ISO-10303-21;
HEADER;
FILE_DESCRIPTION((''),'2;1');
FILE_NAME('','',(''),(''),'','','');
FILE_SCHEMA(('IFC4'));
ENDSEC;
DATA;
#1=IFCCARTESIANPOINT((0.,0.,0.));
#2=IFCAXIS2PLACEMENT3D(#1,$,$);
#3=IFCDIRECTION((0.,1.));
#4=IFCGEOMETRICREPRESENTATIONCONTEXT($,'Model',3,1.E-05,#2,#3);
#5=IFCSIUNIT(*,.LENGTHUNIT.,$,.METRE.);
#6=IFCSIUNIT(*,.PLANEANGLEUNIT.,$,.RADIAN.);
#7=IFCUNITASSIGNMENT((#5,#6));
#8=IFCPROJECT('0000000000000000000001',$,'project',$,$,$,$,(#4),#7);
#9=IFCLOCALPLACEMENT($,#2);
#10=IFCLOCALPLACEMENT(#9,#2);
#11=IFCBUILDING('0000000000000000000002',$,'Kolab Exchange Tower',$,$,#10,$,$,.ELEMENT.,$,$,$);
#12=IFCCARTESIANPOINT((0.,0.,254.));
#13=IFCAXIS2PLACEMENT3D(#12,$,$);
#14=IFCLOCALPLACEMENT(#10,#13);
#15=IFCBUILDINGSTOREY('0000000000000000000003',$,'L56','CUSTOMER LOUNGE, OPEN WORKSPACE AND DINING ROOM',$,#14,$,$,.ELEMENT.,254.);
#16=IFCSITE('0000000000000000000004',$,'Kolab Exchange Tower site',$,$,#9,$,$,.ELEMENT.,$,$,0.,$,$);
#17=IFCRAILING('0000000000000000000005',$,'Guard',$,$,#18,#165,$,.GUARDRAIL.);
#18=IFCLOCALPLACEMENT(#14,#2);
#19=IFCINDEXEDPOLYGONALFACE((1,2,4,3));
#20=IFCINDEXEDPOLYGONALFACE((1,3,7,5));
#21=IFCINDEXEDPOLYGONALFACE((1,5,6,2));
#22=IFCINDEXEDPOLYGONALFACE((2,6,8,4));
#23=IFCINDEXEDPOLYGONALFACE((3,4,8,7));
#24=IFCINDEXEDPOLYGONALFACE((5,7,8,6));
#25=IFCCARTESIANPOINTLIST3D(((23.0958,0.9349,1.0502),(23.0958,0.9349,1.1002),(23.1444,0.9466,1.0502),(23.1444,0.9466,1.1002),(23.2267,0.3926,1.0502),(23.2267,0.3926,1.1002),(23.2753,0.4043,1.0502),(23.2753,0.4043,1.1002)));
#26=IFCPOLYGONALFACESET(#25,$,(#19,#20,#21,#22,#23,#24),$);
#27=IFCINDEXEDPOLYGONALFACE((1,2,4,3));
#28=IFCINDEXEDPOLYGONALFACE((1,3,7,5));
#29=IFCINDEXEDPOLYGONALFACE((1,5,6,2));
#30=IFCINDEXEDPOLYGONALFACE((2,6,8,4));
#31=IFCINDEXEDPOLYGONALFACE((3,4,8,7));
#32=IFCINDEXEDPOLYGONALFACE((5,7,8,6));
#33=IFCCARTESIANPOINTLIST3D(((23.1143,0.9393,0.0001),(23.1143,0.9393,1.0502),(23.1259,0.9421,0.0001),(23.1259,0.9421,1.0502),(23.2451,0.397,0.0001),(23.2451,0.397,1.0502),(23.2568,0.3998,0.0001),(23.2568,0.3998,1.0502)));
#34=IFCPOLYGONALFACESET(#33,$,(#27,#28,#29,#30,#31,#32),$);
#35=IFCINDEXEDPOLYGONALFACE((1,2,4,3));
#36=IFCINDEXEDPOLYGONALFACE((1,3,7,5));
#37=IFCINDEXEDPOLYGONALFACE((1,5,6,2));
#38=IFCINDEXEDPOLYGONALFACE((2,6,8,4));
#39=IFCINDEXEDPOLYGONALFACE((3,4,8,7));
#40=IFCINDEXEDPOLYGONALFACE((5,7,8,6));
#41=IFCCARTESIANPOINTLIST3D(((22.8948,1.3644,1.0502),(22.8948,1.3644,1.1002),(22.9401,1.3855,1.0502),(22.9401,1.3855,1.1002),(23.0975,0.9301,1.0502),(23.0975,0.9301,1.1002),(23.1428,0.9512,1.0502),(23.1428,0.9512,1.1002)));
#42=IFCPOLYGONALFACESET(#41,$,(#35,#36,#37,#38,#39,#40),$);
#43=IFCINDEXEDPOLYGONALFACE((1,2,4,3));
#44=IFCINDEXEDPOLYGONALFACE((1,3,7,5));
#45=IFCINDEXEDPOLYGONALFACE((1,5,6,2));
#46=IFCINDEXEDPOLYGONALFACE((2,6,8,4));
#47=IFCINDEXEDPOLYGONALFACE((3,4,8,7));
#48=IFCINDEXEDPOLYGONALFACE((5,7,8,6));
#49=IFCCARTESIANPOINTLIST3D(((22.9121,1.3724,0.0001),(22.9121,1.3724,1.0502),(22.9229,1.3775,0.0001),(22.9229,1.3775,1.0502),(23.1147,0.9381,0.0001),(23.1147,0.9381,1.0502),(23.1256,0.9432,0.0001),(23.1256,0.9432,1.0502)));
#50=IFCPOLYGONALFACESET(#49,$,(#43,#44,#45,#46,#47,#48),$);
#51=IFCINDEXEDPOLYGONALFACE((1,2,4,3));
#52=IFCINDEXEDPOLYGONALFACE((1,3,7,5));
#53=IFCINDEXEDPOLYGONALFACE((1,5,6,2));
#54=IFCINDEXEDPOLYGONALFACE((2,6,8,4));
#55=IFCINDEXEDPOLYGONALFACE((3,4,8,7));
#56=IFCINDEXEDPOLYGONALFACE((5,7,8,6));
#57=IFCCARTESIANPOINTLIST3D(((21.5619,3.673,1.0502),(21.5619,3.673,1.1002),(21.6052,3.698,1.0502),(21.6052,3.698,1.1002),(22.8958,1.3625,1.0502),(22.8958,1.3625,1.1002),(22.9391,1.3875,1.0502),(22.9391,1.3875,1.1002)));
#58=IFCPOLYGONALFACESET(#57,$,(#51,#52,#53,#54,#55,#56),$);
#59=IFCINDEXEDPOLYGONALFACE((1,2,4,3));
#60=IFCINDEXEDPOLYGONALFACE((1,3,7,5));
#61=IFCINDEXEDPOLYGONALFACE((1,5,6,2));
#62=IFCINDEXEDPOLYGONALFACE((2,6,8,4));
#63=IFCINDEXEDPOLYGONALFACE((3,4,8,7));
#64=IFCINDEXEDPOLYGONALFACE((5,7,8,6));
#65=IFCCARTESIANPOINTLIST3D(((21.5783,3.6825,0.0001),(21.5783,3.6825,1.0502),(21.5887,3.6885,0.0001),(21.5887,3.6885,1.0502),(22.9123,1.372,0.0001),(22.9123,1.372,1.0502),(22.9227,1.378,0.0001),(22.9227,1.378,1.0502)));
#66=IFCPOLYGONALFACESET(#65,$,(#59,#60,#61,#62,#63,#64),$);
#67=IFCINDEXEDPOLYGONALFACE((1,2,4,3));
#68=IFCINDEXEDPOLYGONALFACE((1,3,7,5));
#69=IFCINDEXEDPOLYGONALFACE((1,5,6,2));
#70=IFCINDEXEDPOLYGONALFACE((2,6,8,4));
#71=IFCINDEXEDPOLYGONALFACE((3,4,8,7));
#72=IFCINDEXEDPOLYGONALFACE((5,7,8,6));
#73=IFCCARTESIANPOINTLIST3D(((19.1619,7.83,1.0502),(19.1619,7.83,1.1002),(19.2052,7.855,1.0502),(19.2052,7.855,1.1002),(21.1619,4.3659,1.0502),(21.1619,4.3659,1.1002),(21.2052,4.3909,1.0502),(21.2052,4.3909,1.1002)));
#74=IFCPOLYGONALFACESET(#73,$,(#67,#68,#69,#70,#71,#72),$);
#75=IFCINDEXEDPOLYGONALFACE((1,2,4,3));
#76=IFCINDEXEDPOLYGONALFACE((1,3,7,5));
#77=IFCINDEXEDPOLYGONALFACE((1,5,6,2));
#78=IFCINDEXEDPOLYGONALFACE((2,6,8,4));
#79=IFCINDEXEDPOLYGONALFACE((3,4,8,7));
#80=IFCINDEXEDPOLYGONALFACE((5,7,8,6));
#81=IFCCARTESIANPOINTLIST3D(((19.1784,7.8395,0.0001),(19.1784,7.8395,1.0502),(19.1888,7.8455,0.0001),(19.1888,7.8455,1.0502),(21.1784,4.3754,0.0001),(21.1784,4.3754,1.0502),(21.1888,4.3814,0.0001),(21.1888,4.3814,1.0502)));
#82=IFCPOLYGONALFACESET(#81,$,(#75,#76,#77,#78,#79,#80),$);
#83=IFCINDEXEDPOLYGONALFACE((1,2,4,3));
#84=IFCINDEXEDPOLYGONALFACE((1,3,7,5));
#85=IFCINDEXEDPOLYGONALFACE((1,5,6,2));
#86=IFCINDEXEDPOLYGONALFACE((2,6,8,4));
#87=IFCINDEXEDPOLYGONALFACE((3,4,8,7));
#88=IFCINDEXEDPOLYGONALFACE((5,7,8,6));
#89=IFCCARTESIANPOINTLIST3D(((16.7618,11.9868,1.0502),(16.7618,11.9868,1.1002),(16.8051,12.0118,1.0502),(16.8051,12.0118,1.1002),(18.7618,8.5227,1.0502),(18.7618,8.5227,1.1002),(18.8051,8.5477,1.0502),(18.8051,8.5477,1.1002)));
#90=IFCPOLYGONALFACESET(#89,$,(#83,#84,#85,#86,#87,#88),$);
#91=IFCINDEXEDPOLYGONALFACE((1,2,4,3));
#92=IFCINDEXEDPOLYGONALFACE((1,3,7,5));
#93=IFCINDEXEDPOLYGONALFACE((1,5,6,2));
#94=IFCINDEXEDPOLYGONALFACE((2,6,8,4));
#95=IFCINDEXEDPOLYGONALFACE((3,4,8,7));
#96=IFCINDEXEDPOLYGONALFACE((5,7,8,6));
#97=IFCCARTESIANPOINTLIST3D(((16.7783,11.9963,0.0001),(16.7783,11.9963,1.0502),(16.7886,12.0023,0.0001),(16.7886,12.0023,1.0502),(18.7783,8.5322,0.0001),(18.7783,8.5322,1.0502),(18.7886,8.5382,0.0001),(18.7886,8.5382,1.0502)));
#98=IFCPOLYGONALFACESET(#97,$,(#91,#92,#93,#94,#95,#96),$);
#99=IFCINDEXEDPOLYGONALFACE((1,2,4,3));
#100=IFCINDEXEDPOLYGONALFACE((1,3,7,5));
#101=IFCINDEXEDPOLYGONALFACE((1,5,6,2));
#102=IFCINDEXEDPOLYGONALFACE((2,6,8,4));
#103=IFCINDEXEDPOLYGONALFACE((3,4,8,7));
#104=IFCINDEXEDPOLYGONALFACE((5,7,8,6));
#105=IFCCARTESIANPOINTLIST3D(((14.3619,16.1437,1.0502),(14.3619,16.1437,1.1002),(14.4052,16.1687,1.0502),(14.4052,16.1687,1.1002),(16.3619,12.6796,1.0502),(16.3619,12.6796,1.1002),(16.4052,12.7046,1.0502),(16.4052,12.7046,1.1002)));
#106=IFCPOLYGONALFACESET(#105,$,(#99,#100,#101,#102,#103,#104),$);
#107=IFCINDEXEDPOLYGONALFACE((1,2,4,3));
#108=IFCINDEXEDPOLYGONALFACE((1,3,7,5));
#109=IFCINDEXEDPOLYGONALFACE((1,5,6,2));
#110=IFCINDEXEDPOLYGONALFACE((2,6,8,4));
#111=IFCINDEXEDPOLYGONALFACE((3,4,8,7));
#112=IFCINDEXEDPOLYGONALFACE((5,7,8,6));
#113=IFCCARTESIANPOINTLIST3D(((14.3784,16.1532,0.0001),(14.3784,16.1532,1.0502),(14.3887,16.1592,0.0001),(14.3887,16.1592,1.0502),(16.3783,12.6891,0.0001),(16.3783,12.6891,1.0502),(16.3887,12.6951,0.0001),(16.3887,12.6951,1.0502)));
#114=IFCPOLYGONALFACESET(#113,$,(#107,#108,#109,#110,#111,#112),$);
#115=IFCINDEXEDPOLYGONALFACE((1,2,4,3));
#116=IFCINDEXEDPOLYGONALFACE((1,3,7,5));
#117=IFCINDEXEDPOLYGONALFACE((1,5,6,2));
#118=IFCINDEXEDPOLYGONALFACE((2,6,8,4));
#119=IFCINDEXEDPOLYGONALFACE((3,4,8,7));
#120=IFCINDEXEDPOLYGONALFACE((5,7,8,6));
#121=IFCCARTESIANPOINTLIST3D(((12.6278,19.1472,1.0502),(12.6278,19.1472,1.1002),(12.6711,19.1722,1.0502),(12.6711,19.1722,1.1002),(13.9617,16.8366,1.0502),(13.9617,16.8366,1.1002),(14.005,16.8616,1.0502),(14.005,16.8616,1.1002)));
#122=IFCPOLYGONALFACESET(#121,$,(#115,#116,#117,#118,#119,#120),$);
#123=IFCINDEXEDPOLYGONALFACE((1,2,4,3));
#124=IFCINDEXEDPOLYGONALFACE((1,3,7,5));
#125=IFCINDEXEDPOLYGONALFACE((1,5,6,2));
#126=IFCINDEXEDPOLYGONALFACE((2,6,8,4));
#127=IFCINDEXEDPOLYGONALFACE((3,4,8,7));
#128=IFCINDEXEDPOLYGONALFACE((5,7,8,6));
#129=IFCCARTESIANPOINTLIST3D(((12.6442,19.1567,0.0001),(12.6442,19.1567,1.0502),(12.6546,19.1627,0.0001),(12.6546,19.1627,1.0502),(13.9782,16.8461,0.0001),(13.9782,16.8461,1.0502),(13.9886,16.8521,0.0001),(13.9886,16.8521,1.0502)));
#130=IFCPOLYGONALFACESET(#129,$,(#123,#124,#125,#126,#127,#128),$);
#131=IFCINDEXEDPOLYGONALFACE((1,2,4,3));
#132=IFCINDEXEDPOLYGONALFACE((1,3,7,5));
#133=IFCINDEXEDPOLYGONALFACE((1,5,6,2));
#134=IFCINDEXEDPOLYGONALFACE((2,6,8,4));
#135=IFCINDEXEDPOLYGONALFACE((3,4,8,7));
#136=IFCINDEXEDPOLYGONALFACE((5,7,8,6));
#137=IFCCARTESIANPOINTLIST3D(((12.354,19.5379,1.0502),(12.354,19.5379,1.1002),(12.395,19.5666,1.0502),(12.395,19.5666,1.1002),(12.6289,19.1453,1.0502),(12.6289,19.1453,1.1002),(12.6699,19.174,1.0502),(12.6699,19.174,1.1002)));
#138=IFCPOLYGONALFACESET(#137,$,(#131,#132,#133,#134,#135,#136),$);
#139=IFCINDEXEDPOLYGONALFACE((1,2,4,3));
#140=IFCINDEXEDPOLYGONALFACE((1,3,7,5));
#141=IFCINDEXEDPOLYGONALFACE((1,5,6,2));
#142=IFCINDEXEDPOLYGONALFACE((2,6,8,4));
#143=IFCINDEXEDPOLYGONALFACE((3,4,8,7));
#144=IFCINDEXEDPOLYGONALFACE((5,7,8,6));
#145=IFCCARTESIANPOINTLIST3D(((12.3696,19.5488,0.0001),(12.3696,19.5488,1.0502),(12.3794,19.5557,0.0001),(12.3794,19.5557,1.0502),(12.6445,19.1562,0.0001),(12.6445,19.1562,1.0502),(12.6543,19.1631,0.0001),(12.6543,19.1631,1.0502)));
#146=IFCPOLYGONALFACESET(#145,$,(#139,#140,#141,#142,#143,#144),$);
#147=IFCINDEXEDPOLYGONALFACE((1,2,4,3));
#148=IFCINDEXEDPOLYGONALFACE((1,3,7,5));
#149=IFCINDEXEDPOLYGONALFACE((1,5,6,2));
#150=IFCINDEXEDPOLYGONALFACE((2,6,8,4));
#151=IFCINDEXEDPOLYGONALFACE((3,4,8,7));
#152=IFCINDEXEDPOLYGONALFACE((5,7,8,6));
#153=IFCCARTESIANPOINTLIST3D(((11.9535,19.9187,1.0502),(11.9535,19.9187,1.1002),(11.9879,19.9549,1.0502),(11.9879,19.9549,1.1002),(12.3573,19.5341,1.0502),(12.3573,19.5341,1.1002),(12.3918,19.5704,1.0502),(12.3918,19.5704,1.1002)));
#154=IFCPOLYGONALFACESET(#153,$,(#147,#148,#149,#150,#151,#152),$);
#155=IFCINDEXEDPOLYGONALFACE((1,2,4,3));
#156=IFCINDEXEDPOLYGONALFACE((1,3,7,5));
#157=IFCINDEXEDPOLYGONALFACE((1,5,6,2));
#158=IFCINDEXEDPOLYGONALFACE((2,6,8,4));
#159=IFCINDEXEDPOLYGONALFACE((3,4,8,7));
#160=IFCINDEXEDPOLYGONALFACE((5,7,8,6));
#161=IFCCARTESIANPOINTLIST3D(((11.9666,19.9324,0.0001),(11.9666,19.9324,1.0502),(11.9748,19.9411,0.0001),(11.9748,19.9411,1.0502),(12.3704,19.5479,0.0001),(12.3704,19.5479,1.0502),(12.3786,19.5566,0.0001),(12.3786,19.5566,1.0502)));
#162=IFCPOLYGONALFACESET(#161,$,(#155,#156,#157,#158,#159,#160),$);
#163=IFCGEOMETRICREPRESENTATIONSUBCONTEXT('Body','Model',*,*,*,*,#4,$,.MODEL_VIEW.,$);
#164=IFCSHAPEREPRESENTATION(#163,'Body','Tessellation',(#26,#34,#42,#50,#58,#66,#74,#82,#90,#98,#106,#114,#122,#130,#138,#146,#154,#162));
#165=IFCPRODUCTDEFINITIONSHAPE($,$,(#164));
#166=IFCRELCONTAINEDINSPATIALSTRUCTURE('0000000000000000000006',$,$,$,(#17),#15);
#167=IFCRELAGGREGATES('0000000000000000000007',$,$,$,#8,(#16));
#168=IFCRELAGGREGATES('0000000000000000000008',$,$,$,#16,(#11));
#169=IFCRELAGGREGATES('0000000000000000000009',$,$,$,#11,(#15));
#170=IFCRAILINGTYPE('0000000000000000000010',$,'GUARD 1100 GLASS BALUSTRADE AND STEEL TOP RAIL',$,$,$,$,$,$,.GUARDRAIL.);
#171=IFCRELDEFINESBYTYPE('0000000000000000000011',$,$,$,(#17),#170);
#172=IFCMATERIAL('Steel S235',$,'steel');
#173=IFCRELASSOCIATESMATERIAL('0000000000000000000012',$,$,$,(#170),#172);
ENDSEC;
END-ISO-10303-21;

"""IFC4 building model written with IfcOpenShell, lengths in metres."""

from ifc_helpers import new_model, si_unit, direction, frame, frame_2d, origin, origin_2d, place, context, subcontext, project, spatial, rectangle, extrude, material, type_object, element, save


model = new_model("IFC4")

# Units and contexts
model_context = context("Model", 3, precision=1e-05, world=origin(), true_north=direction((0.0, 1.0)))
body_context = subcontext(model_context, "Body", "Model", "MODEL_VIEW")
ifc_project = project(units=[si_unit("LENGTHUNIT", "METRE"), si_unit("PLANEANGLEUNIT", "RADIAN")], contexts=[model_context])

# Site, building, storey
site_placement = place(None, origin())
site = spatial("IfcSite", under=ifc_project, at=site_placement, Name="Kolab Exchange Tower site", CompositionType="ELEMENT", RefElevation=0.0)
building_placement = place(site_placement, origin())
building = spatial("IfcBuilding", under=site, at=building_placement, Name="Kolab Exchange Tower", CompositionType="ELEMENT")
storey_placement = place(building_placement, frame((0.0, 0.0, 254.0)))
storey = spatial("IfcBuildingStorey", under=building, at=storey_placement, Name="L56", Description="CUSTOMER LOUNGE, OPEN WORKSPACE AND DINING ROOM", CompositionType="ELEMENT", Elevation=254.0)

# Railing
ifc_material_1 = material(Name="Steel S235", Category="steel")
railing_type = type_object("IfcRailingType", Name="GUARD 1100 GLASS BALUSTRADE AND STEEL TOP RAIL", PredefinedType="GUARDRAIL", material=ifc_material_1)
railing_placement = place(storey_placement, frame((23.251, 0.3984, 0.0)))
element("IfcRailing", 1, at=railing_placement, inside=storey, type_object=railing_type, Name="Guard", PredefinedType="GUARDRAIL", context=body_context, shape_type="SweptSolid", body=[
    extrude(rectangle(XDim=0.05, YDim=0.05, at=origin_2d()), frame((0.0, 0.0, 1.0752), z_axis=(-0.234598, 0.972093, 0.0), x_axis=(-0.972093, -0.234598, 0.0)), (0.0, 0.0, 1.0), 0.5579),
    extrude(rectangle(XDim=0.012, YDim=1.0501, at=frame_2d((0.0, 0.5251))), frame((0.0, 0.0, 0.0), z_axis=(-0.234598, 0.972093, 0.0), x_axis=(-0.972093, -0.234598, 0.0)), (0.0, 0.0, 1.0), 0.5579),
    extrude(rectangle(XDim=0.05, YDim=0.05, at=origin_2d()), frame((-0.1309, 0.5422, 1.0752), z_axis=(-0.422802, 0.906222, 0.0), x_axis=(-0.906222, -0.422802, 0.0)), (0.0, 0.0, 1.0), 0.4792),
    extrude(rectangle(XDim=0.012, YDim=1.0501, at=frame_2d((0.0, 0.5251))), frame((-0.1309, 0.5422, 0.0), z_axis=(-0.422802, 0.906222, 0.0), x_axis=(-0.906222, -0.422802, 0.0)), (0.0, 0.0, 1.0), 0.4792),
    extrude(rectangle(XDim=0.05, YDim=0.05, at=origin_2d()), frame((-0.3335, 0.9766, 1.0752), z_axis=(-0.499997, 0.866027, 0.0), x_axis=(-0.866027, -0.499997, 0.0)), (0.0, 0.0, 1.0), 2.668),
    extrude(rectangle(XDim=0.012, YDim=1.0501, at=frame_2d((0.0, 0.5251))), frame((-0.3335, 0.9766, 0.0), z_axis=(-0.499997, 0.866027, 0.0), x_axis=(-0.866027, -0.499997, 0.0)), (0.0, 0.0, 1.0), 2.668),
    extrude(rectangle(XDim=0.05, YDim=0.05, at=origin_2d()), frame((-2.0674, 3.98, 1.0752), z_axis=(-0.499999, 0.866026, 0.0), x_axis=(-0.866026, -0.499999, 0.0)), (0.0, 0.0, 1.0), 4.0),
    extrude(rectangle(XDim=0.012, YDim=1.0501, at=frame_2d((0.0, 0.5251))), frame((-2.0674, 3.98, 0.0), z_axis=(-0.499999, 0.866026, 0.0), x_axis=(-0.866026, -0.499999, 0.0)), (0.0, 0.0, 1.0), 4.0),
    extrude(rectangle(XDim=0.05, YDim=0.05, at=origin_2d()), frame((-4.4675, 8.1367, 1.0752), z_axis=(-0.499999, 0.866026, 0.0), x_axis=(-0.866026, -0.499999, 0.0)), (0.0, 0.0, 1.0), 4.0),
    extrude(rectangle(XDim=0.012, YDim=1.0501, at=frame_2d((0.0, 0.5251))), frame((-4.4675, 8.1367, 0.0), z_axis=(-0.499999, 0.866026, 0.0), x_axis=(-0.866026, -0.499999, 0.0)), (0.0, 0.0, 1.0), 4.0),
    extrude(rectangle(XDim=0.05, YDim=0.05, at=origin_2d()), frame((-6.8674, 12.2937, 1.0752), z_axis=(-0.499999, 0.866026, 0.0), x_axis=(-0.866026, -0.499999, 0.0)), (0.0, 0.0, 1.0), 4.0),
    extrude(rectangle(XDim=0.012, YDim=1.0501, at=frame_2d((0.0, 0.5251))), frame((-6.8674, 12.2937, 0.0), z_axis=(-0.499999, 0.866026, 0.0), x_axis=(-0.866026, -0.499999, 0.0)), (0.0, 0.0, 1.0), 4.0),
    extrude(rectangle(XDim=0.05, YDim=0.05, at=origin_2d()), frame((-9.2676, 16.4507, 1.0752), z_axis=(-0.499997, 0.866027, 0.0), x_axis=(-0.866027, -0.499997, 0.0)), (0.0, 0.0, 1.0), 2.668),
    extrude(rectangle(XDim=0.012, YDim=1.0501, at=frame_2d((0.0, 0.5251))), frame((-9.2676, 16.4507, 0.0), z_axis=(-0.499997, 0.866027, 0.0), x_axis=(-0.866027, -0.499997, 0.0)), (0.0, 0.0, 1.0), 2.668),
    extrude(rectangle(XDim=0.05, YDim=0.05, at=origin_2d()), frame((-10.6016, 18.7612, 1.0752), z_axis=(-0.573599, 0.819136, 0.0), x_axis=(-0.819136, -0.573599, 0.0)), (0.0, 0.0, 1.0), 0.4792),
    extrude(rectangle(XDim=0.012, YDim=1.0501, at=frame_2d((0.0, 0.5251))), frame((-10.6016, 18.7612, 0.0), z_axis=(-0.573599, 0.819136, 0.0), x_axis=(-0.819136, -0.573599, 0.0)), (0.0, 0.0, 1.0), 0.4792),
    extrude(rectangle(XDim=0.05, YDim=0.05, at=origin_2d()), frame((-10.8765, 19.1538, 1.0752), z_axis=(-0.72419, 0.689601, 0.0), x_axis=(-0.689601, -0.72419, 0.0)), (0.0, 0.0, 1.0), 0.5576),
    extrude(rectangle(XDim=0.012, YDim=1.0501, at=frame_2d((0.0, 0.5251))), frame((-10.8765, 19.1538, 0.0), z_axis=(-0.72419, 0.689601, 0.0), x_axis=(-0.689601, -0.72419, 0.0)), (0.0, 0.0, 1.0), 0.5576),
])

save(model, "model.ifc")
